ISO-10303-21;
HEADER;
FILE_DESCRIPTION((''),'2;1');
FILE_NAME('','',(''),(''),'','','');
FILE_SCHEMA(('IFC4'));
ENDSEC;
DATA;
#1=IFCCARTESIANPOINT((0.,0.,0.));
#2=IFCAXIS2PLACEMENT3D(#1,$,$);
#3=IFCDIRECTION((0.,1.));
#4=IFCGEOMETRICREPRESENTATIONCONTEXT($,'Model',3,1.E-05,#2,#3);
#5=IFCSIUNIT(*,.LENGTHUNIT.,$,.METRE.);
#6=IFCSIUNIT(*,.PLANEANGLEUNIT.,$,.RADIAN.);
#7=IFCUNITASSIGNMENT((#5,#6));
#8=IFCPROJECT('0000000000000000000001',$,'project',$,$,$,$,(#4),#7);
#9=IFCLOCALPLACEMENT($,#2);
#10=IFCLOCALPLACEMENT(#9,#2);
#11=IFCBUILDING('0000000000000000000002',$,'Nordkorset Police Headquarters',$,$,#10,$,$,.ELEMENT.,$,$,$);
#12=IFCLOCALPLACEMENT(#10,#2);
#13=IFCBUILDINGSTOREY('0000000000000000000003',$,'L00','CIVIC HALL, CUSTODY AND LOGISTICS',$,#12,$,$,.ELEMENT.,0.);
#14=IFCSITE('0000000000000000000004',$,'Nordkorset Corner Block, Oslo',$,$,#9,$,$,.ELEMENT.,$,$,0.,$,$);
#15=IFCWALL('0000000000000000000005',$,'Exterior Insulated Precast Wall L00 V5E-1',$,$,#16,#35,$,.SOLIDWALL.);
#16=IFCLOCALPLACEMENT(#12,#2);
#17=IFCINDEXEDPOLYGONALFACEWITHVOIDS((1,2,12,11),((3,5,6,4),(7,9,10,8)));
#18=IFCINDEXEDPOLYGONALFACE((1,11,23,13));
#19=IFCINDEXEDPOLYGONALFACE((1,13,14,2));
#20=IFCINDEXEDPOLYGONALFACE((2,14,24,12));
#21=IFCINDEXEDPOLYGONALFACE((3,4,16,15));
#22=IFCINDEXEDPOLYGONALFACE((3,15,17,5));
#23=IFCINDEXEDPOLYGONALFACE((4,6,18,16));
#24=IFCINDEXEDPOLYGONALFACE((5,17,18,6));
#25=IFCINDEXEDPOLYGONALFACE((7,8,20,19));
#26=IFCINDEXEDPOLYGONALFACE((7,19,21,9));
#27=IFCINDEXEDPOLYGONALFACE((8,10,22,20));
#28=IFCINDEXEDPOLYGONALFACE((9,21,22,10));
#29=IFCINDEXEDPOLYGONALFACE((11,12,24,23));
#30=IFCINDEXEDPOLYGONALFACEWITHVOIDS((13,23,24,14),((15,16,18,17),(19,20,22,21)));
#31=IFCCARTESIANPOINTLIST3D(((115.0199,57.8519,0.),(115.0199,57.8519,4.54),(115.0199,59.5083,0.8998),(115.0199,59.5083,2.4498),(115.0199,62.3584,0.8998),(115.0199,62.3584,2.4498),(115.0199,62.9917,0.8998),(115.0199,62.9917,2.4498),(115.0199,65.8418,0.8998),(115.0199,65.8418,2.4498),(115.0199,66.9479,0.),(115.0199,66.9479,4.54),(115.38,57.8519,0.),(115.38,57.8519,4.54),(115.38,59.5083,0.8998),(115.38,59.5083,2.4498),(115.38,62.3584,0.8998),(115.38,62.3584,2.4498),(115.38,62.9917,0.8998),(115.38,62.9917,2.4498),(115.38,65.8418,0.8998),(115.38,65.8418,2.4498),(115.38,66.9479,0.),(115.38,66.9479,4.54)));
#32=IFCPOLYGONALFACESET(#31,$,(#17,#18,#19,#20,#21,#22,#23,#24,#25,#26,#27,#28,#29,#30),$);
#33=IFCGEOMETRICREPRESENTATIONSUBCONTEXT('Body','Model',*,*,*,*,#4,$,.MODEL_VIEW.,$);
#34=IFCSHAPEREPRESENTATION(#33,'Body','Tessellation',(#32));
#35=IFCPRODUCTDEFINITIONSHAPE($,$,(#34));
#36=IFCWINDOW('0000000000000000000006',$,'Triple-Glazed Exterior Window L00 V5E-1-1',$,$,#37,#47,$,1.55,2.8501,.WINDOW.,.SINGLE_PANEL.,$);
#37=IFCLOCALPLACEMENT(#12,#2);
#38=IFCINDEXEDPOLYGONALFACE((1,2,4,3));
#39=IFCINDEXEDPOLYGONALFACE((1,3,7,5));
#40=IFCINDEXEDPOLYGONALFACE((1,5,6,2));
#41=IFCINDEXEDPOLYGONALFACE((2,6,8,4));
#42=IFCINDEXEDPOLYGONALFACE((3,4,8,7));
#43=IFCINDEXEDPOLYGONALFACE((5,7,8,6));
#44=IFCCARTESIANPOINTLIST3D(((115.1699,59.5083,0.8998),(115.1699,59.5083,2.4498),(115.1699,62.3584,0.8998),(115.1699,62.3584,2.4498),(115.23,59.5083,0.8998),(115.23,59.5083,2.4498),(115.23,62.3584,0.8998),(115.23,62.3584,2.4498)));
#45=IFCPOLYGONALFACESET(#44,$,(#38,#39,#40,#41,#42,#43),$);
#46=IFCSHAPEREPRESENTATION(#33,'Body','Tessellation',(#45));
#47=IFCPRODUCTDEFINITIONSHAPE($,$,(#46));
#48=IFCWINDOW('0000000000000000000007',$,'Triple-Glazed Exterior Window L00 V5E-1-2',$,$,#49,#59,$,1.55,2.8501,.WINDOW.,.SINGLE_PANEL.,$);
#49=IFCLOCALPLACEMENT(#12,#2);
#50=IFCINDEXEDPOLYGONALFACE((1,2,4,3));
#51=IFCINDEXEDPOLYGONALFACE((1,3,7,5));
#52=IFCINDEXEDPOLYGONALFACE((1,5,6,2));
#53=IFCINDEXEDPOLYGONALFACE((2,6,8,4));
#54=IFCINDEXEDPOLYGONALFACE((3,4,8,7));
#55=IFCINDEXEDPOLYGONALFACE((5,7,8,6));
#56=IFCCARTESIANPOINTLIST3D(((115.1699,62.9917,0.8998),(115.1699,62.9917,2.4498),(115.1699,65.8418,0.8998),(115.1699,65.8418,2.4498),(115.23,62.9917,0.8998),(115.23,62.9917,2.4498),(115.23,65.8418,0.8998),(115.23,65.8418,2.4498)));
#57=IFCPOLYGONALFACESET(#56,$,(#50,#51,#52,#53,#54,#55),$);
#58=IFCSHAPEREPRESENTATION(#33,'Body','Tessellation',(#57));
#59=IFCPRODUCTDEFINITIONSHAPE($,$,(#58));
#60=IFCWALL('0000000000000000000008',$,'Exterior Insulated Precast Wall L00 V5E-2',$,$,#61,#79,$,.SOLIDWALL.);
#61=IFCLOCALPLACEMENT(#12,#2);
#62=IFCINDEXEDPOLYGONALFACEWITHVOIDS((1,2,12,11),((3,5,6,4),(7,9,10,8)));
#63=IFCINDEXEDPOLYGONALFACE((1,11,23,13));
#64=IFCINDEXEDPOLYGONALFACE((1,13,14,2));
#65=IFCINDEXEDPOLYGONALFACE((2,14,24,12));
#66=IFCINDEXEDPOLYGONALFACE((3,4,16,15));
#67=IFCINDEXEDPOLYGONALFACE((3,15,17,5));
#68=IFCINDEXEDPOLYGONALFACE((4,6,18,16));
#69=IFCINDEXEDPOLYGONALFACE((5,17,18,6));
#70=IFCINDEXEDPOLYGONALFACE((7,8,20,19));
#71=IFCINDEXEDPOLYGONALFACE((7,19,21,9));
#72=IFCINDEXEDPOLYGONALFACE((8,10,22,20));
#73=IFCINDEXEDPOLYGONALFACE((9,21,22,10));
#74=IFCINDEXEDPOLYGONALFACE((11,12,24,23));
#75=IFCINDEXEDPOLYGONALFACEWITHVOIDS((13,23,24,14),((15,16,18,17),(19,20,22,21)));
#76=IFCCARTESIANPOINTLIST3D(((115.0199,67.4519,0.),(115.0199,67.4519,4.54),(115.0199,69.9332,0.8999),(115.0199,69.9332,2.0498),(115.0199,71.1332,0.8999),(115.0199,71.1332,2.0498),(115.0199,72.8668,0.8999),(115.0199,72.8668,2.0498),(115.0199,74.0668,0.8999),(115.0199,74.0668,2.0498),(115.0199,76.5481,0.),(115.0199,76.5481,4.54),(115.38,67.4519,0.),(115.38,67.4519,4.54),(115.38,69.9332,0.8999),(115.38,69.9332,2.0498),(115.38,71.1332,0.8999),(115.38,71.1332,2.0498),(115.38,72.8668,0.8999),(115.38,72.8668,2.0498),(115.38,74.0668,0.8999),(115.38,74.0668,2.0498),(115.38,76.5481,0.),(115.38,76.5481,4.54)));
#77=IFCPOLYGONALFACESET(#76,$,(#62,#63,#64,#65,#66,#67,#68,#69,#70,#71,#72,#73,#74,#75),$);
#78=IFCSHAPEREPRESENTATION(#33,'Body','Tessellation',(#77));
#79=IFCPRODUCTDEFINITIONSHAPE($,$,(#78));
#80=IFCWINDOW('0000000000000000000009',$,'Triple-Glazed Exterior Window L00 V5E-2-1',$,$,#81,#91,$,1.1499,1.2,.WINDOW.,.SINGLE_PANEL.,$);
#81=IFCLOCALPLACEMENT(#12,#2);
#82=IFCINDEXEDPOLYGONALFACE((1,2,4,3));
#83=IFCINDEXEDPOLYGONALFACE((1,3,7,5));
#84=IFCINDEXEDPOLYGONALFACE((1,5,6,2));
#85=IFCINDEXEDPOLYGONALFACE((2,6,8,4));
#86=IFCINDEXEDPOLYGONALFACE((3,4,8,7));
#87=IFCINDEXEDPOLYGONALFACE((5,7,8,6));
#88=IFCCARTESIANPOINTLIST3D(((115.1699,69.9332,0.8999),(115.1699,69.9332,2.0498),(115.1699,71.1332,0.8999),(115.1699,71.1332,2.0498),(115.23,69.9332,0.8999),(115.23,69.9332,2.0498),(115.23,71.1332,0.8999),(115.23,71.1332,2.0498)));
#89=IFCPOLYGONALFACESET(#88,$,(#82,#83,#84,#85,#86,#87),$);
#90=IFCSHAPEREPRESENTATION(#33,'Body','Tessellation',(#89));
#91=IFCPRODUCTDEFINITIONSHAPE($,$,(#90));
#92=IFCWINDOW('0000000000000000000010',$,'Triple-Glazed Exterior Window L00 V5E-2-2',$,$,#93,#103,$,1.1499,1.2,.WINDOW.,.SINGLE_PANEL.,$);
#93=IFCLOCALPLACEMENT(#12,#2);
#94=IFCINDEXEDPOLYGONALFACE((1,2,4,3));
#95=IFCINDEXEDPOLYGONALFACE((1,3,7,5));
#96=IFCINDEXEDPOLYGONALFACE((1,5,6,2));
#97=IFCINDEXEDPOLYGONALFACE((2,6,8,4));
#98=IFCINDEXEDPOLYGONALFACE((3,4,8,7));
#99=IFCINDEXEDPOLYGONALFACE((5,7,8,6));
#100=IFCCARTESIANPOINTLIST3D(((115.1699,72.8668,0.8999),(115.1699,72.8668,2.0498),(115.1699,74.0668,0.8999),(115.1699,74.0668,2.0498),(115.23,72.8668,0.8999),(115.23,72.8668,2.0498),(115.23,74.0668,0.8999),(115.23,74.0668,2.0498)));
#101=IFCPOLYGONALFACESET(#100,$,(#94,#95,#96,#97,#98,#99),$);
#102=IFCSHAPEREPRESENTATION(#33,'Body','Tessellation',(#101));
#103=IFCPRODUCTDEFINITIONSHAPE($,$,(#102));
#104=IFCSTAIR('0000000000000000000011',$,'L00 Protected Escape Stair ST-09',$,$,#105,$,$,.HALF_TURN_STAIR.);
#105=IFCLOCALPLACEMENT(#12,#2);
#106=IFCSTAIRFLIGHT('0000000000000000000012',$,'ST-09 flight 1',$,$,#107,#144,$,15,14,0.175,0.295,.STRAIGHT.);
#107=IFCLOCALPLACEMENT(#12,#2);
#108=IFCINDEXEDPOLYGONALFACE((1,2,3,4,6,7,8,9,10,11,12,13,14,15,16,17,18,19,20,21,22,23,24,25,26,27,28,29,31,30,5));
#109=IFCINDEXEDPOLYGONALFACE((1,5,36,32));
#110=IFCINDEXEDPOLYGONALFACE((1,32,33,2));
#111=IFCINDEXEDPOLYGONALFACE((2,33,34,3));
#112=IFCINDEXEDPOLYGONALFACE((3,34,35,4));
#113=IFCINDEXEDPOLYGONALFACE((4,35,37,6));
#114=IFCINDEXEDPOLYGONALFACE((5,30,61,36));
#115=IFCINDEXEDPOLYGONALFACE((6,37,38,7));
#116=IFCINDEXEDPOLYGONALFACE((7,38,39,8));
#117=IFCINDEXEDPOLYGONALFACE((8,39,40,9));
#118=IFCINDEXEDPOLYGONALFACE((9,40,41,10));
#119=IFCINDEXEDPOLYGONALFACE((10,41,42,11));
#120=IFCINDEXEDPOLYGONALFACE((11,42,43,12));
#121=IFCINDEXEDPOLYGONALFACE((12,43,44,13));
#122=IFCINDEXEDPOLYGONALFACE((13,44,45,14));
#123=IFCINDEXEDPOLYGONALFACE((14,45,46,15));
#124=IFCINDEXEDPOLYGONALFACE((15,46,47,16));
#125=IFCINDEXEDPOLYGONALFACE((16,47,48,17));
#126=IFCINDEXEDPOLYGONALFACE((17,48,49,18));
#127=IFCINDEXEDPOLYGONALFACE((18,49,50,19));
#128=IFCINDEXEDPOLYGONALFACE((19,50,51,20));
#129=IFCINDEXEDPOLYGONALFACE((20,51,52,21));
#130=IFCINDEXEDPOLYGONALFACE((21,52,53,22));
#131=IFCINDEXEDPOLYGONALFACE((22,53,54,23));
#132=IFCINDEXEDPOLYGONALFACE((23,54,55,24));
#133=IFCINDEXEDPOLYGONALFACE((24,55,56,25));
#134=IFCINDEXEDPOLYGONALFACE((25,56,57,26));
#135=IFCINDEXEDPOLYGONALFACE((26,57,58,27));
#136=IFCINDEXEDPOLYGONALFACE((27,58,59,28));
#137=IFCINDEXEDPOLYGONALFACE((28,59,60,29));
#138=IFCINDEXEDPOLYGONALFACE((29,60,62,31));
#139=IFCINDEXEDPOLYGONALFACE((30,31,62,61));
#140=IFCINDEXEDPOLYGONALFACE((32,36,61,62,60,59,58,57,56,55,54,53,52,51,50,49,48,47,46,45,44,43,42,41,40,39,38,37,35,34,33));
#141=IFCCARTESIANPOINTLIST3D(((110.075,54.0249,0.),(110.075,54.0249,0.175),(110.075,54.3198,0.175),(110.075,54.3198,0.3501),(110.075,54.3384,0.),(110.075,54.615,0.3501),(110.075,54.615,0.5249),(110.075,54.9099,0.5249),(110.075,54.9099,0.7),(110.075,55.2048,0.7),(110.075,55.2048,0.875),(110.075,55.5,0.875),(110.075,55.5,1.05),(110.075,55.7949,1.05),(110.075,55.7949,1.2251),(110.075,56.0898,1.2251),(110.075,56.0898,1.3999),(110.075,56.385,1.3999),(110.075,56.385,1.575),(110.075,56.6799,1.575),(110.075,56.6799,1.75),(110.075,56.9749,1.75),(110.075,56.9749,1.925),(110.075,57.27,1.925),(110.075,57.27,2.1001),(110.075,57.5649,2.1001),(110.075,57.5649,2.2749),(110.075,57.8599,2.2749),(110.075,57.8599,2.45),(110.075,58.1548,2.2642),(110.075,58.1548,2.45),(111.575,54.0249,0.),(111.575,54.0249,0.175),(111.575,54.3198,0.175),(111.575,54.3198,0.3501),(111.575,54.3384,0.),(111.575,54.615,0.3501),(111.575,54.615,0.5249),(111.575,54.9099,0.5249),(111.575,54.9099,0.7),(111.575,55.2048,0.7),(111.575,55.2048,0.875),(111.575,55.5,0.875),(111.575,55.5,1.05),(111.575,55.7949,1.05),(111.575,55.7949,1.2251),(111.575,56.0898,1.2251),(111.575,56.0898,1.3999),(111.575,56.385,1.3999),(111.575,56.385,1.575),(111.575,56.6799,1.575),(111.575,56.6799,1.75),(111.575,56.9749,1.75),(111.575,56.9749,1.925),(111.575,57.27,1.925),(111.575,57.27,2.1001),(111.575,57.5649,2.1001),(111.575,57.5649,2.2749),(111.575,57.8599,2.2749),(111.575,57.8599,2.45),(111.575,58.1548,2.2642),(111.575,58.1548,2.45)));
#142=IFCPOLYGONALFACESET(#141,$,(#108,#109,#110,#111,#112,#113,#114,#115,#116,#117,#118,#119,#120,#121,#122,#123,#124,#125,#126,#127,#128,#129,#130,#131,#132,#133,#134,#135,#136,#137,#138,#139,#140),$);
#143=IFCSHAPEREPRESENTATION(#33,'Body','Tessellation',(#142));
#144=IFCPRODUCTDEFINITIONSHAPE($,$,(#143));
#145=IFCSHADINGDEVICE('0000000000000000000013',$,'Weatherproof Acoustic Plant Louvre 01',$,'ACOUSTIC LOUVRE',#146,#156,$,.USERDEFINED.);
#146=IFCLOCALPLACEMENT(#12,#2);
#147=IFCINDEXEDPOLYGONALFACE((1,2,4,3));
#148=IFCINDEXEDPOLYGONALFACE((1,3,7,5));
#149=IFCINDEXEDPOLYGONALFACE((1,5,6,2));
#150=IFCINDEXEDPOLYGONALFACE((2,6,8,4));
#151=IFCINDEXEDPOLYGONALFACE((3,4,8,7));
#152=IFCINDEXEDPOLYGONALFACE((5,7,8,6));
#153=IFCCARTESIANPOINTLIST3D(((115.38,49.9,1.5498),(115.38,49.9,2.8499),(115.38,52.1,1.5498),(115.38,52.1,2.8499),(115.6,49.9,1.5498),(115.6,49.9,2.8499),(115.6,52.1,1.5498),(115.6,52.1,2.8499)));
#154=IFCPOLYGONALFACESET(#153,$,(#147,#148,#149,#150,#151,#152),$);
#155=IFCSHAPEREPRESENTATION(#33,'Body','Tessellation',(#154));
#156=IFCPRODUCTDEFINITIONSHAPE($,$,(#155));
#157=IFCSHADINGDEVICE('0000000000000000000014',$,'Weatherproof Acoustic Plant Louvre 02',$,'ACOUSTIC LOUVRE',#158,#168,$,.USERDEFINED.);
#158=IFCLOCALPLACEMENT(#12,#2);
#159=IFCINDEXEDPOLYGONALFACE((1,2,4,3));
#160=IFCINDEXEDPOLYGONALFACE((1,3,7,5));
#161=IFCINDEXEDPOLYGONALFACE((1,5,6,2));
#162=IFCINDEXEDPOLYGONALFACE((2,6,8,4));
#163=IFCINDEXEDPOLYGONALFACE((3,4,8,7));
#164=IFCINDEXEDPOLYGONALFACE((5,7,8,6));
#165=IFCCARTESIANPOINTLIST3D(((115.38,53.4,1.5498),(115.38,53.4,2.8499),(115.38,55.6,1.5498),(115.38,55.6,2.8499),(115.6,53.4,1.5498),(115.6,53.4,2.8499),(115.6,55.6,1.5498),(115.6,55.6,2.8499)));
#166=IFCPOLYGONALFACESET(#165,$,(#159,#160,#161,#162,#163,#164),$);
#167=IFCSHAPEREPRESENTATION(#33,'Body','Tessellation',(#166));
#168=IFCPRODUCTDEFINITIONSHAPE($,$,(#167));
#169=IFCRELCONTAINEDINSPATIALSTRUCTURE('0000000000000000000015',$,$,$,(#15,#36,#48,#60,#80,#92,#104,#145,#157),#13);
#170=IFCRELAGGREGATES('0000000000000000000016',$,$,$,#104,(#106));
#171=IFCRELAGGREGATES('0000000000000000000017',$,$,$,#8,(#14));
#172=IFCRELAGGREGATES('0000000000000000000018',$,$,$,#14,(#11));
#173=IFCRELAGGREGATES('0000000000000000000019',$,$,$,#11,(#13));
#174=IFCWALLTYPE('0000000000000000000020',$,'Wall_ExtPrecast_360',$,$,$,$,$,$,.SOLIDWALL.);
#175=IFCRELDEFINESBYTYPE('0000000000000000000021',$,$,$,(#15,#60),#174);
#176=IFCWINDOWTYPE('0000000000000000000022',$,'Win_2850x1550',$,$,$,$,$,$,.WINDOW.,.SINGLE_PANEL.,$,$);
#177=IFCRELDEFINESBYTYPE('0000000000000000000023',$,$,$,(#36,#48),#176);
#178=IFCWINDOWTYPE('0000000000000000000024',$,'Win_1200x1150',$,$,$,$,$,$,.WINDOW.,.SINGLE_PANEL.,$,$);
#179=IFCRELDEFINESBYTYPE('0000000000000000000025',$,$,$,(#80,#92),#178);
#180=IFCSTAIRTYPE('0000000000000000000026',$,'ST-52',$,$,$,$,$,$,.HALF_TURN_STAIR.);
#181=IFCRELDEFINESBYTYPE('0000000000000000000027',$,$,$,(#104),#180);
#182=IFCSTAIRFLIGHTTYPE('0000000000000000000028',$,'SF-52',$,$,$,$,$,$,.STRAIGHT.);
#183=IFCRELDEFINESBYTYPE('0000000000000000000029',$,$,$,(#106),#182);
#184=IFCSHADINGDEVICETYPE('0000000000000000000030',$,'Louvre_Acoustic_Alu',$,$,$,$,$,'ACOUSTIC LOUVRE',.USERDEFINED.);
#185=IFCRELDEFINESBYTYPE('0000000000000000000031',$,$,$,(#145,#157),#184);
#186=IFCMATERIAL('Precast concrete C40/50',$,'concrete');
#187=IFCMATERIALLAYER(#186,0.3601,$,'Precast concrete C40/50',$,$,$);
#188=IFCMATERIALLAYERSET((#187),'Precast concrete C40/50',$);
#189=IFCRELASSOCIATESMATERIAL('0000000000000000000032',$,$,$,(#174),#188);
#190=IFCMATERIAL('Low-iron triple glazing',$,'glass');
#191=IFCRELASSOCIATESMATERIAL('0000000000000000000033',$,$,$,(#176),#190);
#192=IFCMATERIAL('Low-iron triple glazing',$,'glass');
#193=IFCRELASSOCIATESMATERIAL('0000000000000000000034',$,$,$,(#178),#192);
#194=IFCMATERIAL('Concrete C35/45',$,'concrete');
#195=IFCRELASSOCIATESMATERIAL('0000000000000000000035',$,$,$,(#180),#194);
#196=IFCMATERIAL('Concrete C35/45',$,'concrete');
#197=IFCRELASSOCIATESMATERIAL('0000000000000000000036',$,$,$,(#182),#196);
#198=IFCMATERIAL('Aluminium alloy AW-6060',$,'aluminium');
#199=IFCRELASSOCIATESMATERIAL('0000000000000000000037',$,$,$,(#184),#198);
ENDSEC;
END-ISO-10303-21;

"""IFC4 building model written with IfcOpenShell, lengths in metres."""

from ifc_helpers import new_model, si_unit, direction, frame, frame_2d, origin, origin_2d, place, context, subcontext, project, spatial, polyline, rectangle, outline, extrude, material, layer, layer_set, type_object, element, fill, aggregate, save


model = new_model("IFC4")

# Units and contexts
model_context = context("Model", 3, precision=1e-05, world=origin(), true_north=direction((0.0, 1.0)))
body_context = subcontext(model_context, "Body", "Model", "MODEL_VIEW")
ifc_project = project(units=[si_unit("LENGTHUNIT", "METRE"), si_unit("PLANEANGLEUNIT", "RADIAN")], contexts=[model_context])

# Site, building, storey
site_placement = place(None, origin())
site = spatial("IfcSite", under=ifc_project, at=site_placement, Name="Nordkorset Corner Block, Oslo", CompositionType="ELEMENT", RefElevation=0.0)
building_placement = place(site_placement, origin())
building = spatial("IfcBuilding", under=site, at=building_placement, Name="Nordkorset Police Headquarters", CompositionType="ELEMENT")
storey_placement = place(building_placement, origin())
storey = spatial("IfcBuildingStorey", under=building, at=storey_placement, Name="L00", Description="CIVIC HALL, CUSTODY AND LOGISTICS", CompositionType="ELEMENT", Elevation=0.0)

# Shared definitions
ifc_material_1 = material(Name="Precast concrete C40/50", Category="concrete")
ifc_layer_1 = layer(ifc_material_1, 0.3601, Name="Precast concrete C40/50")
ifc_layer_set_1 = layer_set([ifc_layer_1], Name="Precast concrete C40/50")
wall_type_1 = type_object("IfcWallType", Name="Wall_ExtPrecast_360", PredefinedType="SOLIDWALL", material=ifc_layer_set_1)

# Walls, openings, windows
wall_1_placement = place(storey_placement, frame((115.2, 57.8521, 0.0), z_axis=(0.0, 0.0, 1.0), x_axis=(0.0, 1.0, 0.0)))
wall_1 = element("IfcWall", 1, at=wall_1_placement, inside=storey, type_object=wall_type_1, Name="Exterior Insulated Precast Wall L00 V5E-1", PredefinedType="SOLIDWALL", context=body_context, shape_type="SweptSolid", body=[
    extrude(rectangle(XDim=9.0959, YDim=0.3601, at=frame_2d((4.5479, 0.0))), origin(), (0.0, 0.0, 1.0), 4.54),
])
opening_1_placement = place(wall_1_placement, frame((1.6562, 0.0, 0.8999)))
opening_1 = element("IfcOpeningElement", 2, at=opening_1_placement, cuts=wall_1, PredefinedType="OPENING", context=body_context, shape_type="SweptSolid", body=[
    extrude(rectangle(XDim=2.8501, YDim=1.55, at=frame_2d((1.425, 0.7749))), frame((0.0, 0.1899, 0.0), z_axis=(0.0, -1.0, 0.0), x_axis=(1.0, 0.0, 0.0)), (0.0, 0.0, 1.0), 0.3801),
])
opening_2_placement = place(wall_1_placement, frame((5.1396, 0.0, 0.8999)))
opening_2 = element("IfcOpeningElement", 3, at=opening_2_placement, cuts=wall_1, PredefinedType="OPENING", context=body_context, shape_type="SweptSolid", body=[
    extrude(rectangle(XDim=2.8501, YDim=1.55, at=frame_2d((1.425, 0.7749))), frame((0.0, 0.1899, 0.0), z_axis=(0.0, -1.0, 0.0), x_axis=(1.0, 0.0, 0.0)), (0.0, 0.0, 1.0), 0.3801),
])
ifc_material_2 = material(Name="Low-iron triple glazing", Category="glass")
window_type_1 = type_object("IfcWindowType", Name="Win_2850x1550", PartitioningType="SINGLE_PANEL", PredefinedType="WINDOW", material=ifc_material_2)
window_1_placement = place(opening_1_placement, origin())
window_1 = element("IfcWindow", 4, at=window_1_placement, inside=storey, type_object=window_type_1, Name="Triple-Glazed Exterior Window L00 V5E-1-1", OverallHeight=1.55, OverallWidth=2.8501, PartitioningType="SINGLE_PANEL", PredefinedType="WINDOW", context=body_context, shape_type="SweptSolid", body=[
    extrude(rectangle(XDim=2.8501, YDim=1.55, at=frame_2d((1.425, 0.7749))), frame((0.0, 0.03, 0.0), z_axis=(0.0, -1.0, 0.0), x_axis=(1.0, 0.0, 0.0)), (0.0, 0.0, 1.0), 0.0601),
])
fill(opening_1, window_1)
window_2_placement = place(opening_2_placement, origin())
window_2 = element("IfcWindow", 5, at=window_2_placement, inside=storey, type_object=window_type_1, Name="Triple-Glazed Exterior Window L00 V5E-1-2", OverallHeight=1.55, OverallWidth=2.8501, PartitioningType="SINGLE_PANEL", PredefinedType="WINDOW", context=body_context, shape_type="SweptSolid", body=[
    extrude(rectangle(XDim=2.8501, YDim=1.55, at=frame_2d((1.425, 0.7749))), frame((0.0, 0.03, 0.0), z_axis=(0.0, -1.0, 0.0), x_axis=(1.0, 0.0, 0.0)), (0.0, 0.0, 1.0), 0.0601),
])
fill(opening_2, window_2)
wall_2_placement = place(storey_placement, frame((115.2, 67.4519, 0.0), z_axis=(0.0, 0.0, 1.0), x_axis=(0.0, 1.0, 0.0)))
wall_2 = element("IfcWall", 6, at=wall_2_placement, inside=storey, type_object=wall_type_1, Name="Exterior Insulated Precast Wall L00 V5E-2", PredefinedType="SOLIDWALL", context=body_context, shape_type="SweptSolid", body=[
    extrude(rectangle(XDim=9.0962, YDim=0.3601, at=frame_2d((4.5481, 0.0))), origin(), (0.0, 0.0, 1.0), 4.54),
])
opening_3_placement = place(wall_2_placement, frame((2.4812, 0.0, 0.8999)))
opening_3 = element("IfcOpeningElement", 7, at=opening_3_placement, cuts=wall_2, PredefinedType="OPENING", context=body_context, shape_type="SweptSolid", body=[
    extrude(rectangle(XDim=1.2, YDim=1.1499, at=frame_2d((0.6001, 0.575))), frame((0.0, 0.1899, 0.0), z_axis=(0.0, -1.0, 0.0), x_axis=(1.0, 0.0, 0.0)), (0.0, 0.0, 1.0), 0.3801),
])
opening_4_placement = place(wall_2_placement, frame((5.4148, 0.0, 0.8999)))
opening_4 = element("IfcOpeningElement", 8, at=opening_4_placement, cuts=wall_2, PredefinedType="OPENING", context=body_context, shape_type="SweptSolid", body=[
    extrude(rectangle(XDim=1.2, YDim=1.1499, at=frame_2d((0.6001, 0.575))), frame((0.0, 0.1899, 0.0), z_axis=(0.0, -1.0, 0.0), x_axis=(1.0, 0.0, 0.0)), (0.0, 0.0, 1.0), 0.3801),
])
ifc_material_3 = material(Name="Low-iron triple glazing", Category="glass")
window_type_2 = type_object("IfcWindowType", Name="Win_1200x1150", PartitioningType="SINGLE_PANEL", PredefinedType="WINDOW", material=ifc_material_3)
window_3_placement = place(opening_3_placement, origin())
window_3 = element("IfcWindow", 9, at=window_3_placement, inside=storey, type_object=window_type_2, Name="Triple-Glazed Exterior Window L00 V5E-2-1", OverallHeight=1.1499, OverallWidth=1.2, PartitioningType="SINGLE_PANEL", PredefinedType="WINDOW", context=body_context, shape_type="SweptSolid", body=[
    extrude(rectangle(XDim=1.2, YDim=1.1499, at=frame_2d((0.6001, 0.575))), frame((0.0, 0.03, 0.0), z_axis=(0.0, -1.0, 0.0), x_axis=(1.0, 0.0, 0.0)), (0.0, 0.0, 1.0), 0.0601),
])
fill(opening_3, window_3)
window_4_placement = place(opening_4_placement, origin())
window_4 = element("IfcWindow", 10, at=window_4_placement, inside=storey, type_object=window_type_2, Name="Triple-Glazed Exterior Window L00 V5E-2-2", OverallHeight=1.1499, OverallWidth=1.2, PartitioningType="SINGLE_PANEL", PredefinedType="WINDOW", context=body_context, shape_type="SweptSolid", body=[
    extrude(rectangle(XDim=1.2, YDim=1.1499, at=frame_2d((0.6001, 0.575))), frame((0.0, 0.03, 0.0), z_axis=(0.0, -1.0, 0.0), x_axis=(1.0, 0.0, 0.0)), (0.0, 0.0, 1.0), 0.0601),
])
fill(opening_4, window_4)

# Stair, stair flight
ifc_material_4 = material(Name="Concrete C35/45", Category="concrete")
stair_type = type_object("IfcStairType", Name="ST-52", PredefinedType="HALF_TURN_STAIR", material=ifc_material_4)
stair_placement = place(storey_placement, origin())
stair = element("IfcStair", 11, at=stair_placement, inside=storey, type_object=stair_type, Name="L00 Protected Escape Stair ST-09", PredefinedType="HALF_TURN_STAIR")
ifc_material_5 = material(Name="Concrete C35/45", Category="concrete")
stair_flight_type = type_object("IfcStairFlightType", Name="SF-52", PredefinedType="STRAIGHT", material=ifc_material_5)
stair_flight_placement = place(storey_placement, frame((110.825, 54.0249, 0.0), z_axis=(0.0, 0.0, 1.0), x_axis=(0.0, 1.0, 0.0)))
stair_flight = element("IfcStairFlight", 12, at=stair_flight_placement, type_object=stair_flight_type, Name="ST-09 flight 1", NumberOfRisers=15, NumberOfTreads=14, PredefinedType="STRAIGHT", RiserHeight=0.175, TreadLength=0.295, context=body_context, shape_type="SweptSolid", body=[
    extrude(outline(polyline([(0.0, 0.0), (0.0, 0.175), (0.2949, 0.175), (0.2949, 0.3501), (0.5901, 0.3501), (0.5901, 0.5249), (0.885, 0.5249), (0.885, 0.7), (1.1799, 0.7), (1.1799, 0.875), (1.4751, 0.875), (1.4751, 1.05), (1.77, 1.05), (1.77, 1.2251), (2.0649, 1.2251), (2.0649, 1.3999), (2.3601, 1.3999), (2.3601, 1.575), (2.655, 1.575), (2.655, 1.75), (2.95, 1.75), (2.95, 1.925), (3.2451, 1.925), (3.2451, 2.1001), (3.54, 2.1001), (3.54, 2.2749), (3.835, 2.2749), (3.835, 2.45), (4.1299, 2.45), (4.1299, 2.625), (4.1299, 2.2642), (0.3135, 0.0), (0.0, 0.0)])), frame((0.0, 0.75, 0.0), z_axis=(0.0, -1.0, 0.0), x_axis=(1.0, 0.0, 0.0)), (0.0, 0.0, 1.0), 1.5),
])
aggregate(stair, [stair_flight])

# Shading devices
ifc_material_6 = material(Name="Aluminium alloy AW-6060", Category="aluminium")
shading_device_type = type_object("IfcShadingDeviceType", Name="Louvre_Acoustic_Alu", ElementType="ACOUSTIC LOUVRE", PredefinedType="USERDEFINED", material=ifc_material_6)
for number, where, z_axis, x_axis, name in (
    (13, (115.49, 51.0, 1.5498), (0.0, 0.0, 1.0), (1.0, 0.0, 0.0), "Weatherproof Acoustic Plant Louvre 01"),
    (14, (115.49, 54.5, 1.5498), (0.0, 0.0, 1.0), (1.0, 0.0, 0.0), "Weatherproof Acoustic Plant Louvre 02"),
):
    element("IfcShadingDevice", number, at=place(storey_placement, frame(where, z_axis=z_axis, x_axis=x_axis)), inside=storey, type_object=shading_device_type, Name=name, ObjectType="ACOUSTIC LOUVRE", PredefinedType="USERDEFINED", context=body_context, shape_type="SweptSolid", body=[
        extrude(rectangle(XDim=0.22, YDim=2.2, at=origin_2d()), origin(), (0.0, 0.0, 1.0), 1.3),
    ])

save(model, "model.ifc")
